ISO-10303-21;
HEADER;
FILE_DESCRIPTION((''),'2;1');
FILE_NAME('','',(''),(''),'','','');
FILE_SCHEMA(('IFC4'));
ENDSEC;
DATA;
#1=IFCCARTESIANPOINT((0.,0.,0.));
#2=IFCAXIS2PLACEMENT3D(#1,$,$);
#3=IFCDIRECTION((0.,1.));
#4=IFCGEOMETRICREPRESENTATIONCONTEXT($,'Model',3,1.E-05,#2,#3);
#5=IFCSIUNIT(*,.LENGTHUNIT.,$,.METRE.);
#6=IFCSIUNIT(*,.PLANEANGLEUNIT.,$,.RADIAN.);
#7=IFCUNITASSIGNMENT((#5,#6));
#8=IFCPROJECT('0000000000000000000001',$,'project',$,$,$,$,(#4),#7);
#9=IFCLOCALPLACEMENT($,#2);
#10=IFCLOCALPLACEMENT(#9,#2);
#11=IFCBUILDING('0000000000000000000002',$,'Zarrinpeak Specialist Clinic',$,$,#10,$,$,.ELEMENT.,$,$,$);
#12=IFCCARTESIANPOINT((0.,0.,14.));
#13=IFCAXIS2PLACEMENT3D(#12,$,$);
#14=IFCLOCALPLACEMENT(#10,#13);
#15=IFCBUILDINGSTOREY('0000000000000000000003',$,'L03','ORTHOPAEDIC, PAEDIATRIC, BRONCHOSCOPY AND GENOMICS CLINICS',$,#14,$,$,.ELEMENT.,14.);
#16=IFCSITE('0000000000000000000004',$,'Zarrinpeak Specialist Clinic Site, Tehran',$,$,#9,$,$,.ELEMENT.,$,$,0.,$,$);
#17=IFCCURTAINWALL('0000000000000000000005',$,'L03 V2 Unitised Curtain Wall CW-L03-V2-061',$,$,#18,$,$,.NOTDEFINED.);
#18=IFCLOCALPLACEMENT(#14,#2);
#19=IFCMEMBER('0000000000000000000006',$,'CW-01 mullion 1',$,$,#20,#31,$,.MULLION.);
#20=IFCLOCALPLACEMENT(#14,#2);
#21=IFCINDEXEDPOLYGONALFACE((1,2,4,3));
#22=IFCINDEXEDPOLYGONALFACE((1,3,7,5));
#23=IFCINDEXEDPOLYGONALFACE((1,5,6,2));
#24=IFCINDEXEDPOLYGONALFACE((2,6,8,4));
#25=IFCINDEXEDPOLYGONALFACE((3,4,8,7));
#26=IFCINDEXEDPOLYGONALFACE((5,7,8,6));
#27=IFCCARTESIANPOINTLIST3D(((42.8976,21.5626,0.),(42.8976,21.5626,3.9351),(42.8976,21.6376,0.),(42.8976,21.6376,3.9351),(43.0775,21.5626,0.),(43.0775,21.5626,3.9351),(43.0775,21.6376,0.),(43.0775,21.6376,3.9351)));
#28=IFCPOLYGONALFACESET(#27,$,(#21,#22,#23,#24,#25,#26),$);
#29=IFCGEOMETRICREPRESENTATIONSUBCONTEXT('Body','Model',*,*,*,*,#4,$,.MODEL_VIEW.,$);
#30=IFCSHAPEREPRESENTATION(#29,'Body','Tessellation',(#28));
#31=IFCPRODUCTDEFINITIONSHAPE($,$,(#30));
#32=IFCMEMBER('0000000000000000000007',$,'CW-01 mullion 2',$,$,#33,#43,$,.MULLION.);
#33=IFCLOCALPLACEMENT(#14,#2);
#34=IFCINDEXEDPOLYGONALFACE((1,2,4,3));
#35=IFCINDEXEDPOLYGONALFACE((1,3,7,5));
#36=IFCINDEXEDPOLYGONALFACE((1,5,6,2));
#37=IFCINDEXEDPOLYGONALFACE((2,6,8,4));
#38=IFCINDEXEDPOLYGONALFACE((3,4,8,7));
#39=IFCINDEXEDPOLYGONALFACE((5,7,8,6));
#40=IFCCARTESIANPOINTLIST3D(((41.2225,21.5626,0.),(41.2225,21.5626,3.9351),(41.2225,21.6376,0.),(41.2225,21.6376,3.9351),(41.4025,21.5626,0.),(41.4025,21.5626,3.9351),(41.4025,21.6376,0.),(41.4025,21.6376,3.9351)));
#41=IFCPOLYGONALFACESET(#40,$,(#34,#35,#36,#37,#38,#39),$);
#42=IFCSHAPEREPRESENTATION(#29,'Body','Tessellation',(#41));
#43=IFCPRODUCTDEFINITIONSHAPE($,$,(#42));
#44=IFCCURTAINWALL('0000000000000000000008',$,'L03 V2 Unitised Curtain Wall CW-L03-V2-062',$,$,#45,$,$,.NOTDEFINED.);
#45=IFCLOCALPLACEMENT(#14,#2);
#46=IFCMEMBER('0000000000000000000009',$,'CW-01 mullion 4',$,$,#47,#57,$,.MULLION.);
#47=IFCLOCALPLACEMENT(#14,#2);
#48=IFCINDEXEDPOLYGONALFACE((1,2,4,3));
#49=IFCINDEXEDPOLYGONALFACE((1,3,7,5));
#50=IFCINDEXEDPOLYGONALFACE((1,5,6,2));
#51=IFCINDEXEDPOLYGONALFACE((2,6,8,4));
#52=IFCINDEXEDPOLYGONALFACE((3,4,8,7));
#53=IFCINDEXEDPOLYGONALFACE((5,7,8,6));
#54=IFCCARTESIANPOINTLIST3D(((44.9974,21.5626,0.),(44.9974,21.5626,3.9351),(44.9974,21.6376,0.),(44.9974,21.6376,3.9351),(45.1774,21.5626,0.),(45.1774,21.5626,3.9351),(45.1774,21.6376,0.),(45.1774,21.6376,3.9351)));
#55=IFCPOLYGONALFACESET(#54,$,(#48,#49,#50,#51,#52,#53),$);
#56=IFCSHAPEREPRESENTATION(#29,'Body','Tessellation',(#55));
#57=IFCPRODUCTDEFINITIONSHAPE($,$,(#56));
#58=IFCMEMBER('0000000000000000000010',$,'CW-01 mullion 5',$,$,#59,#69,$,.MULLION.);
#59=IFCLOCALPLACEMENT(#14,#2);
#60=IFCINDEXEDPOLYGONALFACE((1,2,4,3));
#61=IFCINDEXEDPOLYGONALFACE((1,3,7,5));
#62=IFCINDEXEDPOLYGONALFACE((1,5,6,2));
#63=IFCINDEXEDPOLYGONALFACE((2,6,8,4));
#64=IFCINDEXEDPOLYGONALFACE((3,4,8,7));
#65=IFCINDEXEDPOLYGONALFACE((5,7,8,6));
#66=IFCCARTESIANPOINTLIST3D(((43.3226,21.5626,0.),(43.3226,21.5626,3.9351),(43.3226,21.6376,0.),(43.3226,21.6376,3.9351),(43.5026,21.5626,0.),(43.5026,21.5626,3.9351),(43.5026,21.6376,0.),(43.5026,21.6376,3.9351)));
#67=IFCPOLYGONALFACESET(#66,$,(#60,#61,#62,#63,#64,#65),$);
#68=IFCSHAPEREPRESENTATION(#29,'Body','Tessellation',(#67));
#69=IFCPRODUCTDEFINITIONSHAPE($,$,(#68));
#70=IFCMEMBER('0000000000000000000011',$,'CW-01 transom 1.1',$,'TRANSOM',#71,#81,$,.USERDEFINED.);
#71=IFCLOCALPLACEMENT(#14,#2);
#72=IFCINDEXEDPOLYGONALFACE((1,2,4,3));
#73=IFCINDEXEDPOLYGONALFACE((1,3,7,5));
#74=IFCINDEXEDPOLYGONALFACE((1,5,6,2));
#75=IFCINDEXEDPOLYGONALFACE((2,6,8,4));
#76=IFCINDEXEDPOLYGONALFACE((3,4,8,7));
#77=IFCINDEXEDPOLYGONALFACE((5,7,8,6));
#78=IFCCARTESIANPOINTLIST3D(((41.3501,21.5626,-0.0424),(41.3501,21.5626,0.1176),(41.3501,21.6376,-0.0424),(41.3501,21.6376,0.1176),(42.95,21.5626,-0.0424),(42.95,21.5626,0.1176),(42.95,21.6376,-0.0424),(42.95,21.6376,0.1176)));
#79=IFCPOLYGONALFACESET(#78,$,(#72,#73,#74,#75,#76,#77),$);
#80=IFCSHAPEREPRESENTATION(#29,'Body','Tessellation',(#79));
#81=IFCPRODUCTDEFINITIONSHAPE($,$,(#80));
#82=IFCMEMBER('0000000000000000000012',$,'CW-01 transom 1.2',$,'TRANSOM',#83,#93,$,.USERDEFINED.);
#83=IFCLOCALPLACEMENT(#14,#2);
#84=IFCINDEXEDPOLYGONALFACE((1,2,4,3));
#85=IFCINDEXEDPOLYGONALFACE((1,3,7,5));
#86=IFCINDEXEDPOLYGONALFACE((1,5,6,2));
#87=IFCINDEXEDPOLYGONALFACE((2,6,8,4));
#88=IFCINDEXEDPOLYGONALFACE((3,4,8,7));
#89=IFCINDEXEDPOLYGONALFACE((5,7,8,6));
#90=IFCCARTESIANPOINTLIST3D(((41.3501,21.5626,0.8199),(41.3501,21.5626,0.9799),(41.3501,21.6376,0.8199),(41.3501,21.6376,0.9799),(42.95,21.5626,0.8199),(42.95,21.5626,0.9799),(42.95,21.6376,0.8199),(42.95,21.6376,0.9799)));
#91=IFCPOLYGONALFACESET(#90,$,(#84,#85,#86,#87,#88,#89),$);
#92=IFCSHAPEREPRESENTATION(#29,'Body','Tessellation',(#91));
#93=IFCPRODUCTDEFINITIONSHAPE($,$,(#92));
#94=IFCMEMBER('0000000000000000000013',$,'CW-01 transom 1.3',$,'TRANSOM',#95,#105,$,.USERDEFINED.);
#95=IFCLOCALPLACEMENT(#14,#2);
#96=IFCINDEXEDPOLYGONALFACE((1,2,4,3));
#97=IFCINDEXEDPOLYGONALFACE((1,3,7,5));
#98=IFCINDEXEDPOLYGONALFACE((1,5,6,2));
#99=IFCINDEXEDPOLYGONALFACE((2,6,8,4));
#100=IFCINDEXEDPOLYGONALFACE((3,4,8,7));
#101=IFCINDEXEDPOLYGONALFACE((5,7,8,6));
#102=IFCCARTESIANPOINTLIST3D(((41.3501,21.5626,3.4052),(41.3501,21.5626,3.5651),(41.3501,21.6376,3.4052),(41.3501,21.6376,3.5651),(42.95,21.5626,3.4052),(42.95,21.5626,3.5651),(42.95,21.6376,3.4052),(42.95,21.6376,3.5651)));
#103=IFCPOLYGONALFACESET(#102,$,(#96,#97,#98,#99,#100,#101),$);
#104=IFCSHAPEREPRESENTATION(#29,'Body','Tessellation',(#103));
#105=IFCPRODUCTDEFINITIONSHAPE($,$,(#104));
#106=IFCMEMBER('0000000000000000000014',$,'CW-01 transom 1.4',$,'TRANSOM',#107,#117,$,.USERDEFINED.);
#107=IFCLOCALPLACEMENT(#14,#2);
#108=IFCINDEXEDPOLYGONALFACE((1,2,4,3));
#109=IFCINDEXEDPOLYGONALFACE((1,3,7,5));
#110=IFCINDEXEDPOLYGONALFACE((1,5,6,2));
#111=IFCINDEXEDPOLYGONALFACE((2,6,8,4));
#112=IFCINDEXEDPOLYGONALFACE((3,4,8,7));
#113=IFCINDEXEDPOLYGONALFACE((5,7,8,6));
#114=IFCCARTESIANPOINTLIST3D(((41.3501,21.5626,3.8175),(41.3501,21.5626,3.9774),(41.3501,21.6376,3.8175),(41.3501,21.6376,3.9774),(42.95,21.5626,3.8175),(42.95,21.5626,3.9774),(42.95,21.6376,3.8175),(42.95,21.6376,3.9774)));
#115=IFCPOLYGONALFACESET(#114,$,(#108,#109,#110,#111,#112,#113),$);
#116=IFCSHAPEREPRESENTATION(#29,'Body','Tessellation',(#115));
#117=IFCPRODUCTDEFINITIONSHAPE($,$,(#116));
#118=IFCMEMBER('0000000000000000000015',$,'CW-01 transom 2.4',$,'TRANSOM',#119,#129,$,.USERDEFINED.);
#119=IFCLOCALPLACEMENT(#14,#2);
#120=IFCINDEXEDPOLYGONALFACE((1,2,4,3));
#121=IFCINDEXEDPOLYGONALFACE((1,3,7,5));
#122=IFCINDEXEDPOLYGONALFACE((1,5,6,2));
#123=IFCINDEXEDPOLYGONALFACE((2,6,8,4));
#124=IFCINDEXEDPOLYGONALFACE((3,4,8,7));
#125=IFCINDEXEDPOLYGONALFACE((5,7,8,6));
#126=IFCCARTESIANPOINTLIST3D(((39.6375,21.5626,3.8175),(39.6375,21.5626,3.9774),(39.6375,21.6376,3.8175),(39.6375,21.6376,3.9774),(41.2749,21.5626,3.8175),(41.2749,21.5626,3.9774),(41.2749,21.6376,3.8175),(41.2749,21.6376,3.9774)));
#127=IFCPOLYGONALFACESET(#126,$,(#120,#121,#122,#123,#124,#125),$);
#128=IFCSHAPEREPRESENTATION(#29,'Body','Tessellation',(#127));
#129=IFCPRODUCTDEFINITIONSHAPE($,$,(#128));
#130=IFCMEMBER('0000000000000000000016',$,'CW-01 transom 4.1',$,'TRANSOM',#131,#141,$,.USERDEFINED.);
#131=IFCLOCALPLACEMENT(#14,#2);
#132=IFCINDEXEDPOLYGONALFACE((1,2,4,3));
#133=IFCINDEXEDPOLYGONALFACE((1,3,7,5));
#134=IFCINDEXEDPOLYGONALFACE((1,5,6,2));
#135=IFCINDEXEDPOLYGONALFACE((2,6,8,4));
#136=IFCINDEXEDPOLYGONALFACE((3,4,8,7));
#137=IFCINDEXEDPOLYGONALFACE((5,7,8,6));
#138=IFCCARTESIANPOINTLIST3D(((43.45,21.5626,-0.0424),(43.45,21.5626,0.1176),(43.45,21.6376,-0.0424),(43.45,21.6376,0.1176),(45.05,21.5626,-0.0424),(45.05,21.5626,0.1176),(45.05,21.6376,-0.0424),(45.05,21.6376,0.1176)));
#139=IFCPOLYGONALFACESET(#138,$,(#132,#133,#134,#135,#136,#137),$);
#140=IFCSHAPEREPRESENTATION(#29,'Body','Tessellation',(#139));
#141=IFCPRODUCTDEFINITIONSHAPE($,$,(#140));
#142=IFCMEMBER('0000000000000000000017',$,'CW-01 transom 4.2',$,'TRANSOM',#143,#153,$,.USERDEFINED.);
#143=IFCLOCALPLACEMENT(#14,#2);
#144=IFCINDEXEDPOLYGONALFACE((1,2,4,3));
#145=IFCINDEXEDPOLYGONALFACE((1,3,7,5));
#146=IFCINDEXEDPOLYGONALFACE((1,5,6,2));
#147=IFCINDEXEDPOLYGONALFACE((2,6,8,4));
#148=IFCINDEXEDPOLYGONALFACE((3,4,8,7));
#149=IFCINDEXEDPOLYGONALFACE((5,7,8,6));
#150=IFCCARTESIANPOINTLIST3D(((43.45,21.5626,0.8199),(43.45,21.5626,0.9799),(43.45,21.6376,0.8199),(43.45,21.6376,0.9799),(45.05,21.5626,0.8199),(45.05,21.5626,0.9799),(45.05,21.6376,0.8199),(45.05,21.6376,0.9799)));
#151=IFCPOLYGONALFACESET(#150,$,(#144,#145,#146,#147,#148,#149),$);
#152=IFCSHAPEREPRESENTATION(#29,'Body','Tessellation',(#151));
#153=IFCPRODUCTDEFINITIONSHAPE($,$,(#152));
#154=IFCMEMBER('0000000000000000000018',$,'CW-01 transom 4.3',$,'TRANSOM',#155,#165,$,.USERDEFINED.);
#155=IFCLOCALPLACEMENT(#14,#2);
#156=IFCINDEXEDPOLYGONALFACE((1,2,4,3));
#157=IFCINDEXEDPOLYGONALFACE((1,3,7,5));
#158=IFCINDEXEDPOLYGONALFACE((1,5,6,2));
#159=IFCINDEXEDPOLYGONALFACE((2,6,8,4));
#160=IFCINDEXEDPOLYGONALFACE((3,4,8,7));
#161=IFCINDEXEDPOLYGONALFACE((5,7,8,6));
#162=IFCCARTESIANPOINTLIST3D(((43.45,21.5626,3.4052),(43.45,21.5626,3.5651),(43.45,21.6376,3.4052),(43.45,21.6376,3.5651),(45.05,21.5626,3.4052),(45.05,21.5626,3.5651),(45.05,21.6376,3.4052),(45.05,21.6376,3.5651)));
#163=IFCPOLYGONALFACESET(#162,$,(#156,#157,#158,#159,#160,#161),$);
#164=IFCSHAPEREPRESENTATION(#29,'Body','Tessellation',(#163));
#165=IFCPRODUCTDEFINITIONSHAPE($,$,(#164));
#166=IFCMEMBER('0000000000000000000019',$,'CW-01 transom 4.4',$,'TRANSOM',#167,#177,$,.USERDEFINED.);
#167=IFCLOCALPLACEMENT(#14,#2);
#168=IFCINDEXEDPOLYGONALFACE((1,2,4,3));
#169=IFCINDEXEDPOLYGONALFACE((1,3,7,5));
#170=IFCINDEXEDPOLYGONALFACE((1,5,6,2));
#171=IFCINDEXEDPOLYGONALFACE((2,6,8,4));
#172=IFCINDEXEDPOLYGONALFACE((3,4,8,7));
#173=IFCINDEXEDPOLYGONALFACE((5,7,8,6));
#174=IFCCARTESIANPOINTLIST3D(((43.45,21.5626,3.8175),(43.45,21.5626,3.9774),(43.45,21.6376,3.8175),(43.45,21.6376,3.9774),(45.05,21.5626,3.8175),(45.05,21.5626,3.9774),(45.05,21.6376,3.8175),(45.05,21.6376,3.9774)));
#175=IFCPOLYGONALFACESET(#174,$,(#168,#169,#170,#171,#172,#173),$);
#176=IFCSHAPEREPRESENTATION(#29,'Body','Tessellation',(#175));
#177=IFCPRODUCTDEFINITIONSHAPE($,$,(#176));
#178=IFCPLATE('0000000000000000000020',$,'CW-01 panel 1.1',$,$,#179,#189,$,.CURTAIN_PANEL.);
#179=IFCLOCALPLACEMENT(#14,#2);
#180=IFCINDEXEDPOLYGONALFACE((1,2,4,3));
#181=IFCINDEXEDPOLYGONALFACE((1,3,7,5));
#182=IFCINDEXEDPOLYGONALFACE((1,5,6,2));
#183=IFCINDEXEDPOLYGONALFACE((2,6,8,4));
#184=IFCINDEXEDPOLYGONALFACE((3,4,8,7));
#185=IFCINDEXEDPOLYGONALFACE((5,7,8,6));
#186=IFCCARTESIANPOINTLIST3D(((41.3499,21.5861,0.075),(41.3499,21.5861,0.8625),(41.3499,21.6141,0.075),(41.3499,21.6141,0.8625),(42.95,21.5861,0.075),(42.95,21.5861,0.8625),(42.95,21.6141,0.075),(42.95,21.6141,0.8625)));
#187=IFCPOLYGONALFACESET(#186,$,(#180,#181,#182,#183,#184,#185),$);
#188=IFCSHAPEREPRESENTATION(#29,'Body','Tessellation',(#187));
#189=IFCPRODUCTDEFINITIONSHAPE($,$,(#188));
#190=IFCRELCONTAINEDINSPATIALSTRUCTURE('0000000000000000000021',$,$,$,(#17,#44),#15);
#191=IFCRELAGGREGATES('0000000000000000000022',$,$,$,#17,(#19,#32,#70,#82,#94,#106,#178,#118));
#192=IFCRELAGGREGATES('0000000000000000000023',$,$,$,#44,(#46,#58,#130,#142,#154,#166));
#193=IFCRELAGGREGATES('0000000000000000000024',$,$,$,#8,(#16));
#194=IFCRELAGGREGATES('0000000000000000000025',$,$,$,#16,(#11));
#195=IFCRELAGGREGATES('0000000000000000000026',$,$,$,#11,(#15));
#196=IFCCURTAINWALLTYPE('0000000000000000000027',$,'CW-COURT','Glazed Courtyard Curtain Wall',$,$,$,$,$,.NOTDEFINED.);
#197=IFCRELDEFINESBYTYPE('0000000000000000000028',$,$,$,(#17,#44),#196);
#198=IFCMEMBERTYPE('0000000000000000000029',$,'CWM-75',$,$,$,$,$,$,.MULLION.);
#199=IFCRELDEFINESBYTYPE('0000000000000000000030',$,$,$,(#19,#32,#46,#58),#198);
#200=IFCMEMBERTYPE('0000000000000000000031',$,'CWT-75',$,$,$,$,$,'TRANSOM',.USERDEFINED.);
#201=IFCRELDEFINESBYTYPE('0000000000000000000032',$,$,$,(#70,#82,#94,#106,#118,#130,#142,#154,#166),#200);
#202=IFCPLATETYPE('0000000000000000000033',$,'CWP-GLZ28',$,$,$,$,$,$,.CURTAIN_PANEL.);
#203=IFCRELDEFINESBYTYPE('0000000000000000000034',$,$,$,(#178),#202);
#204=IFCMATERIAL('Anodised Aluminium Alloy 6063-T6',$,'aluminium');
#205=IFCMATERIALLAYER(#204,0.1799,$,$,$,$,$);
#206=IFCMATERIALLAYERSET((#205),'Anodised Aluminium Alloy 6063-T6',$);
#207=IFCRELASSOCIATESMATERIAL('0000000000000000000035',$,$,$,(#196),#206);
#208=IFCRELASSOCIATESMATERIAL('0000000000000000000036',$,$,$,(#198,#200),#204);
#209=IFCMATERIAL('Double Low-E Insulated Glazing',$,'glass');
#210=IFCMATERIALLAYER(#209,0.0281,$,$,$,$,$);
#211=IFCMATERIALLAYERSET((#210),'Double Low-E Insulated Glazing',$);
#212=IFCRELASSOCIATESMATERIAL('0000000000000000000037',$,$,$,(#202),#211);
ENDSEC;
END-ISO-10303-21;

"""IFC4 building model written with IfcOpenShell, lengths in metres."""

from ifc_helpers import new_model, si_unit, direction, frame, origin, origin_2d, place, context, subcontext, project, spatial, rectangle, extrude, material, layer, layer_set, material_profile, profile_set, type_object, element, aggregate, save


model = new_model("IFC4")

# Units and contexts
model_context = context("Model", 3, precision=1e-05, world=origin(), true_north=direction((0.0, 1.0)))
body_context = subcontext(model_context, "Body", "Model", "MODEL_VIEW")
ifc_project = project(units=[si_unit("LENGTHUNIT", "METRE"), si_unit("PLANEANGLEUNIT", "RADIAN")], contexts=[model_context])

# Site, building, storey
site_placement = place(None, origin())
site = spatial("IfcSite", under=ifc_project, at=site_placement, Name="Zarrinpeak Specialist Clinic Site, Tehran", CompositionType="ELEMENT", RefElevation=0.0)
building_placement = place(site_placement, origin())
building = spatial("IfcBuilding", under=site, at=building_placement, Name="Zarrinpeak Specialist Clinic", CompositionType="ELEMENT")
storey_placement = place(building_placement, frame((0.0, 0.0, 14.0)))
storey = spatial("IfcBuildingStorey", under=building, at=storey_placement, Name="L03", Description="ORTHOPAEDIC, PAEDIATRIC, BRONCHOSCOPY AND GENOMICS CLINICS", CompositionType="ELEMENT", Elevation=14.0)

# Curtain walls, members
ifc_material_1 = material(Name="Anodised Aluminium Alloy 6063-T6", Category="aluminium")
ifc_layer_1 = layer(ifc_material_1, 0.1799)
ifc_layer_set_1 = layer_set([ifc_layer_1], Name="Anodised Aluminium Alloy 6063-T6")
curtain_wall_type = type_object("IfcCurtainWallType", Name="CW-COURT", Description="Glazed Courtyard Curtain Wall", PredefinedType="NOTDEFINED", material=ifc_layer_set_1)
curtain_wall_1_placement = place(storey_placement, origin())
curtain_wall_1 = element("IfcCurtainWall", 1, at=curtain_wall_1_placement, inside=storey, type_object=curtain_wall_type, Name="L03 V2 Unitised Curtain Wall CW-L03-V2-061", PredefinedType="NOTDEFINED")
ifc_material_profile_1 = material_profile(ifc_material_1, rectangle(XDim=0.075, YDim=0.1799, at=origin_2d()), Name="ALU 75x180")
ifc_profile_set_1 = profile_set([ifc_material_profile_1], Name="Anodised Aluminium Alloy 6063-T6")
member_type_1 = type_object("IfcMemberType", Name="CWM-75", PredefinedType="MULLION", material=ifc_profile_set_1)
member_1_placement = place(storey_placement, frame((42.9875, 21.6001, 0.0), z_axis=(0.0, 0.0, 1.0), x_axis=(0.0, -1.0, 0.0)))
member_1 = element("IfcMember", 2, at=member_1_placement, type_object=member_type_1, Name="CW-01 mullion 1", PredefinedType="MULLION", context=body_context, shape_type="SweptSolid", body=[
    extrude(rectangle(XDim=0.075, YDim=0.1799, at=origin_2d()), origin(), (0.0, 0.0, 1.0), 3.9351),
])
member_2_placement = place(storey_placement, frame((41.3125, 21.6001, 0.0), z_axis=(0.0, 0.0, 1.0), x_axis=(0.0, -1.0, 0.0)))
member_2 = element("IfcMember", 3, at=member_2_placement, type_object=member_type_1, Name="CW-01 mullion 2", PredefinedType="MULLION", context=body_context, shape_type="SweptSolid", body=[
    extrude(rectangle(XDim=0.075, YDim=0.1799, at=origin_2d()), origin(), (0.0, 0.0, 1.0), 3.9351),
])
curtain_wall_2_placement = place(storey_placement, origin())
curtain_wall_2 = element("IfcCurtainWall", 4, at=curtain_wall_2_placement, inside=storey, type_object=curtain_wall_type, Name="L03 V2 Unitised Curtain Wall CW-L03-V2-062", PredefinedType="NOTDEFINED")
member_3_placement = place(storey_placement, frame((45.0874, 21.6001, 0.0), z_axis=(0.0, 0.0, 1.0), x_axis=(0.0, -1.0, 0.0)))
member_3 = element("IfcMember", 5, at=member_3_placement, type_object=member_type_1, Name="CW-01 mullion 4", PredefinedType="MULLION", context=body_context, shape_type="SweptSolid", body=[
    extrude(rectangle(XDim=0.075, YDim=0.1799, at=origin_2d()), origin(), (0.0, 0.0, 1.0), 3.9351),
])
member_4_placement = place(storey_placement, frame((43.4126, 21.6001, 0.0), z_axis=(0.0, 0.0, 1.0), x_axis=(0.0, -1.0, 0.0)))
member_4 = element("IfcMember", 6, at=member_4_placement, type_object=member_type_1, Name="CW-01 mullion 5", PredefinedType="MULLION", context=body_context, shape_type="SweptSolid", body=[
    extrude(rectangle(XDim=0.075, YDim=0.1799, at=origin_2d()), origin(), (0.0, 0.0, 1.0), 3.9351),
])

# Members
ifc_material_profile_2 = material_profile(ifc_material_1, rectangle(XDim=0.075, YDim=0.1599, at=origin_2d()), Name="ALU 75x160")
ifc_profile_set_2 = profile_set([ifc_material_profile_2], Name="Anodised Aluminium Alloy 6063-T6")
member_type_2 = type_object("IfcMemberType", Name="CWT-75", ElementType="TRANSOM", PredefinedType="USERDEFINED", material=ifc_profile_set_2)
member_5_placement = place(storey_placement, frame((42.95, 21.6001, 0.0376), z_axis=(-1.0, 0.0, 0.0), x_axis=(0.0, -1.0, 0.0)))
member_5 = element("IfcMember", 7, at=member_5_placement, type_object=member_type_2, Name="CW-01 transom 1.1", ObjectType="TRANSOM", PredefinedType="USERDEFINED", context=body_context, shape_type="SweptSolid", body=[
    extrude(rectangle(XDim=0.075, YDim=0.1599, at=origin_2d()), origin(), (0.0, 0.0, 1.0), 1.5999),
])
member_6_placement = place(storey_placement, frame((42.95, 21.6001, 0.8999), z_axis=(-1.0, 0.0, 0.0), x_axis=(0.0, -1.0, 0.0)))
member_6 = element("IfcMember", 8, at=member_6_placement, type_object=member_type_2, Name="CW-01 transom 1.2", ObjectType="TRANSOM", PredefinedType="USERDEFINED", context=body_context, shape_type="SweptSolid", body=[
    extrude(rectangle(XDim=0.075, YDim=0.1599, at=origin_2d()), origin(), (0.0, 0.0, 1.0), 1.5999),
])
member_7_placement = place(storey_placement, frame((42.95, 21.6001, 3.4851), z_axis=(-1.0, 0.0, 0.0), x_axis=(0.0, -1.0, 0.0)))
member_7 = element("IfcMember", 9, at=member_7_placement, type_object=member_type_2, Name="CW-01 transom 1.3", ObjectType="TRANSOM", PredefinedType="USERDEFINED", context=body_context, shape_type="SweptSolid", body=[
    extrude(rectangle(XDim=0.075, YDim=0.1599, at=origin_2d()), origin(), (0.0, 0.0, 1.0), 1.5999),
])
member_8_placement = place(storey_placement, frame((42.95, 21.6001, 3.8975), z_axis=(-1.0, 0.0, 0.0), x_axis=(0.0, -1.0, 0.0)))
member_8 = element("IfcMember", 10, at=member_8_placement, type_object=member_type_2, Name="CW-01 transom 1.4", ObjectType="TRANSOM", PredefinedType="USERDEFINED", context=body_context, shape_type="SweptSolid", body=[
    extrude(rectangle(XDim=0.075, YDim=0.1599, at=origin_2d()), origin(), (0.0, 0.0, 1.0), 1.5999),
])
member_9_placement = place(storey_placement, frame((41.2749, 21.6001, 3.8975), z_axis=(-1.0, 0.0, 0.0), x_axis=(0.0, -1.0, 0.0)))
member_9 = element("IfcMember", 11, at=member_9_placement, type_object=member_type_2, Name="CW-01 transom 2.4", ObjectType="TRANSOM", PredefinedType="USERDEFINED", context=body_context, shape_type="SweptSolid", body=[
    extrude(rectangle(XDim=0.075, YDim=0.1599, at=origin_2d()), origin(), (0.0, 0.0, 1.0), 1.6375),
])
member_10_placement = place(storey_placement, frame((45.05, 21.6001, 0.0376), z_axis=(-1.0, 0.0, 0.0), x_axis=(0.0, -1.0, 0.0)))
member_10 = element("IfcMember", 12, at=member_10_placement, type_object=member_type_2, Name="CW-01 transom 4.1", ObjectType="TRANSOM", PredefinedType="USERDEFINED", context=body_context, shape_type="SweptSolid", body=[
    extrude(rectangle(XDim=0.075, YDim=0.1599, at=origin_2d()), origin(), (0.0, 0.0, 1.0), 1.6001),
])
member_11_placement = place(storey_placement, frame((45.05, 21.6001, 0.8999), z_axis=(-1.0, 0.0, 0.0), x_axis=(0.0, -1.0, 0.0)))
member_11 = element("IfcMember", 13, at=member_11_placement, type_object=member_type_2, Name="CW-01 transom 4.2", ObjectType="TRANSOM", PredefinedType="USERDEFINED", context=body_context, shape_type="SweptSolid", body=[
    extrude(rectangle(XDim=0.075, YDim=0.1599, at=origin_2d()), origin(), (0.0, 0.0, 1.0), 1.6001),
])
member_12_placement = place(storey_placement, frame((45.05, 21.6001, 3.4851), z_axis=(-1.0, 0.0, 0.0), x_axis=(0.0, -1.0, 0.0)))
member_12 = element("IfcMember", 14, at=member_12_placement, type_object=member_type_2, Name="CW-01 transom 4.3", ObjectType="TRANSOM", PredefinedType="USERDEFINED", context=body_context, shape_type="SweptSolid", body=[
    extrude(rectangle(XDim=0.075, YDim=0.1599, at=origin_2d()), origin(), (0.0, 0.0, 1.0), 1.6001),
])
member_13_placement = place(storey_placement, frame((45.05, 21.6001, 3.8975), z_axis=(-1.0, 0.0, 0.0), x_axis=(0.0, -1.0, 0.0)))
member_13 = element("IfcMember", 15, at=member_13_placement, type_object=member_type_2, Name="CW-01 transom 4.4", ObjectType="TRANSOM", PredefinedType="USERDEFINED", context=body_context, shape_type="SweptSolid", body=[
    extrude(rectangle(XDim=0.075, YDim=0.1599, at=origin_2d()), origin(), (0.0, 0.0, 1.0), 1.6001),
])

# Plate
ifc_material_2 = material(Name="Double Low-E Insulated Glazing", Category="glass")
ifc_layer_2 = layer(ifc_material_2, 0.0281)
ifc_layer_set_2 = layer_set([ifc_layer_2], Name="Double Low-E Insulated Glazing")
plate_type = type_object("IfcPlateType", Name="CWP-GLZ28", PredefinedType="CURTAIN_PANEL", material=ifc_layer_set_2)
plate_1_placement = place(storey_placement, frame((42.1499, 21.6001, 0.075), z_axis=(0.0, 0.0, 1.0), x_axis=(-1.0, 0.0, 0.0)))
plate_1 = element("IfcPlate", 16, at=plate_1_placement, type_object=plate_type, Name="CW-01 panel 1.1", PredefinedType="CURTAIN_PANEL", context=body_context, shape_type="SweptSolid", body=[
    extrude(rectangle(XDim=1.6001, YDim=0.0281, at=origin_2d()), origin(), (0.0, 0.0, 1.0), 0.7876),
])
aggregate(curtain_wall_1, [member_1, member_2, member_5, member_6, member_7, member_8, plate_1, member_9])
aggregate(curtain_wall_2, [member_3, member_4, member_10, member_11, member_12, member_13])

save(model, "model.ifc")
